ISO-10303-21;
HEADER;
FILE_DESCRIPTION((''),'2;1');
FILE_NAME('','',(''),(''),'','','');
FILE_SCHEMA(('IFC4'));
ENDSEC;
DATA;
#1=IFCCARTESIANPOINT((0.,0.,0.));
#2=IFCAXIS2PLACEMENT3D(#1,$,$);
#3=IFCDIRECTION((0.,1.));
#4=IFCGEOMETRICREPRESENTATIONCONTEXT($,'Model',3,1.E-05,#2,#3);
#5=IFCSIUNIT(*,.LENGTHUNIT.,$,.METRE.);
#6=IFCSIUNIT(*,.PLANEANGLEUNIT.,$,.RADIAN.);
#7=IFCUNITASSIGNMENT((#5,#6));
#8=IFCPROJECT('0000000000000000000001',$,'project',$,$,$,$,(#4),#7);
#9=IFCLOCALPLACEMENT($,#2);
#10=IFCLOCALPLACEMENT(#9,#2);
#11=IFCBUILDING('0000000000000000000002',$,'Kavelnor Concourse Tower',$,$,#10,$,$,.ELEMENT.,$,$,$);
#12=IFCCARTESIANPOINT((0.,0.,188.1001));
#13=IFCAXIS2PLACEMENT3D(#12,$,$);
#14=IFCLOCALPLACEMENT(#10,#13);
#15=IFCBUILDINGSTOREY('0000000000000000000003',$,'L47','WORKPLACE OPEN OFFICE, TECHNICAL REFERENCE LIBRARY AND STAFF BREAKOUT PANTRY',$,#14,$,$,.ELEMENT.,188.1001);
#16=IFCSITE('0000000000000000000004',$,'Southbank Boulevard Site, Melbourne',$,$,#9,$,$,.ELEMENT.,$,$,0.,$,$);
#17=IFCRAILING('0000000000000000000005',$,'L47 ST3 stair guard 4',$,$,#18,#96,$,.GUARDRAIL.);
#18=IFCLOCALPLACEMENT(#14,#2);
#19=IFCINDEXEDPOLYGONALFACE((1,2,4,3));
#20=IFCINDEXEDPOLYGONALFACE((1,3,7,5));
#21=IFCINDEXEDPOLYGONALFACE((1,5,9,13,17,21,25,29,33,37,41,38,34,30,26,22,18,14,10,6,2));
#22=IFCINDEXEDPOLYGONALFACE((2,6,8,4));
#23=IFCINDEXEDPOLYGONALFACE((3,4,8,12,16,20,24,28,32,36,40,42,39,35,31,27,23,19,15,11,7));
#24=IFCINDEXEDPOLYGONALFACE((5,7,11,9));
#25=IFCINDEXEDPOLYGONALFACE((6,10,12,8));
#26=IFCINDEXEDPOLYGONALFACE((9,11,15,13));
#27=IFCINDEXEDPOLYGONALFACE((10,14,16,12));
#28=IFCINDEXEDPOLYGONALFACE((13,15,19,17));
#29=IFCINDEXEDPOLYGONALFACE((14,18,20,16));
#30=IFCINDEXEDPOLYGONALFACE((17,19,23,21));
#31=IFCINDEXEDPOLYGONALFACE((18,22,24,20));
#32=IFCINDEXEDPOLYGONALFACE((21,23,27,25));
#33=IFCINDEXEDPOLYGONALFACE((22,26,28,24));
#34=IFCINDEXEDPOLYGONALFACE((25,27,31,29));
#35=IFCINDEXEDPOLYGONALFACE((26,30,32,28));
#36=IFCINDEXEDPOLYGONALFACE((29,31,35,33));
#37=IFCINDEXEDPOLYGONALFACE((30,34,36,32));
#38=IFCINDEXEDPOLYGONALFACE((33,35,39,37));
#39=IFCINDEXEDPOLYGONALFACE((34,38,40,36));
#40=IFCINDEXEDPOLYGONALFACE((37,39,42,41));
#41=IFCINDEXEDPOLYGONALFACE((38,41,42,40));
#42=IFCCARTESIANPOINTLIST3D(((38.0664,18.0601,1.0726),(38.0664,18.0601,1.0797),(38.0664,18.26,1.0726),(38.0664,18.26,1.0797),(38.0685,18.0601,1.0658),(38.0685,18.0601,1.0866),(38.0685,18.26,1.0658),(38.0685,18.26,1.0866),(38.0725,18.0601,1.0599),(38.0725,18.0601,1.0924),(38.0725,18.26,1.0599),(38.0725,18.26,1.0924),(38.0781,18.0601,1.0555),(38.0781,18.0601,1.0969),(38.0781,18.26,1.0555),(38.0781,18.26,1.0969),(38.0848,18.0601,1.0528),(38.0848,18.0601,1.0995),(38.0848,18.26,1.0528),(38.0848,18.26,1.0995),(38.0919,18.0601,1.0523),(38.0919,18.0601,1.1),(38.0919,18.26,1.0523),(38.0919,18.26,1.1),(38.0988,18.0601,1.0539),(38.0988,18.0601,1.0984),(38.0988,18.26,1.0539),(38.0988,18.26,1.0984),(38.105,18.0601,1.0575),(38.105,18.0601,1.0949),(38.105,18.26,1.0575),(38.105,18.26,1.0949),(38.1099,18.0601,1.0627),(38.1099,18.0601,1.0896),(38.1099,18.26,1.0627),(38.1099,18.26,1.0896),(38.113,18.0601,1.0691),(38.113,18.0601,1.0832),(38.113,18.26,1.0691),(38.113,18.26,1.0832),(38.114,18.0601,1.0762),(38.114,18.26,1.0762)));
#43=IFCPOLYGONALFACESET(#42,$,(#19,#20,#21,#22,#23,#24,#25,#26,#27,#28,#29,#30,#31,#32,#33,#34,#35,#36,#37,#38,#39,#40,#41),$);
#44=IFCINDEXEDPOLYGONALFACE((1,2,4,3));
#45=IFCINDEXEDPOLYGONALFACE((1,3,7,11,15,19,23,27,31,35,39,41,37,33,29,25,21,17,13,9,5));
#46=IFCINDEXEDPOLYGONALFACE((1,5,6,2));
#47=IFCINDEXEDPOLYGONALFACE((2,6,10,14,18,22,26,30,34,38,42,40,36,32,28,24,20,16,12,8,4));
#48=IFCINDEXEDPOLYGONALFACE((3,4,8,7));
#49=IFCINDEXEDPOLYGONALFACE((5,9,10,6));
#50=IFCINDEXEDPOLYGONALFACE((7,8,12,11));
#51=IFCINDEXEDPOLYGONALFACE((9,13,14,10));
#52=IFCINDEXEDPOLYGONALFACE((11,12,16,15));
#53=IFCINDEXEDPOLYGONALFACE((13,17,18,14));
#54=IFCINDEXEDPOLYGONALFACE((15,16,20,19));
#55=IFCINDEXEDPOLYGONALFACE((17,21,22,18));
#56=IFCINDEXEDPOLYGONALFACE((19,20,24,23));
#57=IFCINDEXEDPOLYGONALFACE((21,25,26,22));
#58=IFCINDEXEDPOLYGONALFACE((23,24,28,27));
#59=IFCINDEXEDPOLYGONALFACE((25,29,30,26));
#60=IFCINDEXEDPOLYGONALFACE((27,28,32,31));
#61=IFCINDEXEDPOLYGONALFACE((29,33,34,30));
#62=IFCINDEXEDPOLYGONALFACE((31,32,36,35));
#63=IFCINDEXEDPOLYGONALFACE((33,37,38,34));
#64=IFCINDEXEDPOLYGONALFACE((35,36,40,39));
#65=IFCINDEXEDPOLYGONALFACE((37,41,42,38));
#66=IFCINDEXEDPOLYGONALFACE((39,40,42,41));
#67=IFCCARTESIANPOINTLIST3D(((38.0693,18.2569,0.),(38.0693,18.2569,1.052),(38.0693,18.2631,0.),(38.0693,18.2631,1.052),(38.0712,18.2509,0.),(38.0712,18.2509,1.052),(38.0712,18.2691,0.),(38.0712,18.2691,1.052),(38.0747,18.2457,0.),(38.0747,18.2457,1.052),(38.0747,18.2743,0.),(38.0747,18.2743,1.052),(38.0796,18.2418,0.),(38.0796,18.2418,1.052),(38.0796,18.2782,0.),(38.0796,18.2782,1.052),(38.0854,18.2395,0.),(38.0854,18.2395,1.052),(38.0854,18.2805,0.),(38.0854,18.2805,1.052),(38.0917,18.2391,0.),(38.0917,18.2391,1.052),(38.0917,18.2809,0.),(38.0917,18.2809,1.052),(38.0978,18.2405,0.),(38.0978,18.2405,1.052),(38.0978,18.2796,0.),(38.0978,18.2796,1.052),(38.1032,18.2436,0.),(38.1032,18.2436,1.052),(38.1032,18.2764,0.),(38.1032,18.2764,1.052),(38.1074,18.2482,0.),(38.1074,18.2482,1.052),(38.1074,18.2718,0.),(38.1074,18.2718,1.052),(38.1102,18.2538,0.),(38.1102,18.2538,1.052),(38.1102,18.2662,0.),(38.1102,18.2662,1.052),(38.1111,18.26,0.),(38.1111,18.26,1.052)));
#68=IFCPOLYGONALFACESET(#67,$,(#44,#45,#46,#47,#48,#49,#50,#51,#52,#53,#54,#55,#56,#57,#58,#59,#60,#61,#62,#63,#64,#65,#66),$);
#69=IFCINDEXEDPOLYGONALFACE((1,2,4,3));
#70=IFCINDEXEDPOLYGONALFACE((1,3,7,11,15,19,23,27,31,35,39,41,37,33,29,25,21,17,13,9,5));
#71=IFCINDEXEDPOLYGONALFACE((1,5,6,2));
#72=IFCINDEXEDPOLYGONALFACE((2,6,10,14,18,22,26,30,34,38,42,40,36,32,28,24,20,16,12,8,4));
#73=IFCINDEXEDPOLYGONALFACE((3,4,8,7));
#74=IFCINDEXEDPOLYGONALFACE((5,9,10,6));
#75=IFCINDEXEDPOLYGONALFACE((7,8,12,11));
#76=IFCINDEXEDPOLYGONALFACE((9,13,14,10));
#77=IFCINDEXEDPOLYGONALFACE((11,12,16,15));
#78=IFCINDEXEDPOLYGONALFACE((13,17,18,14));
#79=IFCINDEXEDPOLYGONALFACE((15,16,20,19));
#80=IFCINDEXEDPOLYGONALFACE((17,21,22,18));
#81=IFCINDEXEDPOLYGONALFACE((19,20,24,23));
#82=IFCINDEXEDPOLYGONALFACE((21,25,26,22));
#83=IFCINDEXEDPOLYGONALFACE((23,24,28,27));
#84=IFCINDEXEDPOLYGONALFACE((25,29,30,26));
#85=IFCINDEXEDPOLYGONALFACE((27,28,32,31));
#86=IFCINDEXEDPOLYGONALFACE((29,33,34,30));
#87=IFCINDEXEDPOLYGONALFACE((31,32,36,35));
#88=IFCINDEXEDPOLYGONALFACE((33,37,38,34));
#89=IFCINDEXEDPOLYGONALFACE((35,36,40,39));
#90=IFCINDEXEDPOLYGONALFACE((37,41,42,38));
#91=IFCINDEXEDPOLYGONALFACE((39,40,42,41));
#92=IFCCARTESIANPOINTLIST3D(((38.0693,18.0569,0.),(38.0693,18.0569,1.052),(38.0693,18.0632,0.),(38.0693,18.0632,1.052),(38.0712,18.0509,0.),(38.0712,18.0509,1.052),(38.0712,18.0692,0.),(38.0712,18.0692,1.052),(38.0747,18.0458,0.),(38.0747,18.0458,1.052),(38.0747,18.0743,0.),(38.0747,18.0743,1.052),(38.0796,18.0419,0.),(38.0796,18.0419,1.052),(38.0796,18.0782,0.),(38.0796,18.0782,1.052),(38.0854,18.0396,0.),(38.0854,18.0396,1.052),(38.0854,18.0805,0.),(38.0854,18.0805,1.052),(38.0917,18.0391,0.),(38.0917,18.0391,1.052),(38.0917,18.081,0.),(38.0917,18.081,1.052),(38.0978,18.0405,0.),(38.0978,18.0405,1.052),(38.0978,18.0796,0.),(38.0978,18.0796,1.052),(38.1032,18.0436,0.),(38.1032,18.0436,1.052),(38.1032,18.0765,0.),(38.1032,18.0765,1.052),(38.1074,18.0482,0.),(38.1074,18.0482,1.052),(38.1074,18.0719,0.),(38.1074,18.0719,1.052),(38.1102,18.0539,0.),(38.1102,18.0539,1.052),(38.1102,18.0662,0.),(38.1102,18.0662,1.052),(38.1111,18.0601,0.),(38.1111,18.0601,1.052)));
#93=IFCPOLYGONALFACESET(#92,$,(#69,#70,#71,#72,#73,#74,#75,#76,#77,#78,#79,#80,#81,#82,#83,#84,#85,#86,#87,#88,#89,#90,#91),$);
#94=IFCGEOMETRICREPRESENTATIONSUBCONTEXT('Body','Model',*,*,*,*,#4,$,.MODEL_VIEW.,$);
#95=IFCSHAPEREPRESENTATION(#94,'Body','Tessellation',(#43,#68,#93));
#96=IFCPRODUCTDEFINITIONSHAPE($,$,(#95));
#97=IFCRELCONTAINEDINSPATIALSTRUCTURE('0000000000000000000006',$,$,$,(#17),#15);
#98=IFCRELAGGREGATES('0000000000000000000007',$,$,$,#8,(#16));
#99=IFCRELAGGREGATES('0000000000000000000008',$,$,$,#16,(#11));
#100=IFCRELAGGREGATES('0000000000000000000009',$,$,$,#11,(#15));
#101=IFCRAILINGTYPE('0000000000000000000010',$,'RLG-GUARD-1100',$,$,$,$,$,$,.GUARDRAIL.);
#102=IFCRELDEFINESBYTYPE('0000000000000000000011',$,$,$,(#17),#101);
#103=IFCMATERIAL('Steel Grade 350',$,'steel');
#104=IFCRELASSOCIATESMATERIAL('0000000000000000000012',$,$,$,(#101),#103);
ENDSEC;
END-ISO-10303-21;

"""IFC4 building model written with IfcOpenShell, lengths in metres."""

from ifc_helpers import new_model, si_unit, direction, frame, origin, origin_2d, place, context, subcontext, project, spatial, circle, extrude, material, type_object, element, save


model = new_model("IFC4")

# Units and contexts
model_context = context("Model", 3, precision=1e-05, world=origin(), true_north=direction((0.0, 1.0)))
body_context = subcontext(model_context, "Body", "Model", "MODEL_VIEW")
ifc_project = project(units=[si_unit("LENGTHUNIT", "METRE"), si_unit("PLANEANGLEUNIT", "RADIAN")], contexts=[model_context])

# Site, building, storey
site_placement = place(None, origin())
site = spatial("IfcSite", under=ifc_project, at=site_placement, Name="Southbank Boulevard Site, Melbourne", CompositionType="ELEMENT", RefElevation=0.0)
building_placement = place(site_placement, origin())
building = spatial("IfcBuilding", under=site, at=building_placement, Name="Kavelnor Concourse Tower", CompositionType="ELEMENT")
storey_placement = place(building_placement, frame((0.0, 0.0, 188.1001)))
storey = spatial("IfcBuildingStorey", under=building, at=storey_placement, Name="L47", Description="WORKPLACE OPEN OFFICE, TECHNICAL REFERENCE LIBRARY AND STAFF BREAKOUT PANTRY", CompositionType="ELEMENT", Elevation=188.1001)

# Shared definitions
ifc_material_1 = material(Name="Steel Grade 350", Category="steel")

# Railing
railing_type_1 = type_object("IfcRailingType", Name="RLG-GUARD-1100", PredefinedType="GUARDRAIL", material=ifc_material_1)
railing_1_placement = place(storey_placement, frame((38.0901, 18.26, 0.0)))
element("IfcRailing", 1, at=railing_1_placement, inside=storey, type_object=railing_type_1, Name="L47 ST3 stair guard 4", PredefinedType="GUARDRAIL", context=body_context, shape_type="SweptSolid", body=[
    extrude(circle(Radius=0.0239, at=origin_2d()), frame((0.0, 0.0, 1.0762), z_axis=(0.0, -1.0, 0.0), x_axis=(1.0, 0.0, 0.0)), (0.0, 0.0, 1.0), 0.2),
    extrude(circle(Radius=0.021, at=origin_2d()), origin(), (0.0, 0.0, 1.0), 1.052),
    extrude(circle(Radius=0.021, at=origin_2d()), frame((0.0, -0.2, 0.0)), (0.0, 0.0, 1.0), 1.052),
])

save(model, "model.ifc")
